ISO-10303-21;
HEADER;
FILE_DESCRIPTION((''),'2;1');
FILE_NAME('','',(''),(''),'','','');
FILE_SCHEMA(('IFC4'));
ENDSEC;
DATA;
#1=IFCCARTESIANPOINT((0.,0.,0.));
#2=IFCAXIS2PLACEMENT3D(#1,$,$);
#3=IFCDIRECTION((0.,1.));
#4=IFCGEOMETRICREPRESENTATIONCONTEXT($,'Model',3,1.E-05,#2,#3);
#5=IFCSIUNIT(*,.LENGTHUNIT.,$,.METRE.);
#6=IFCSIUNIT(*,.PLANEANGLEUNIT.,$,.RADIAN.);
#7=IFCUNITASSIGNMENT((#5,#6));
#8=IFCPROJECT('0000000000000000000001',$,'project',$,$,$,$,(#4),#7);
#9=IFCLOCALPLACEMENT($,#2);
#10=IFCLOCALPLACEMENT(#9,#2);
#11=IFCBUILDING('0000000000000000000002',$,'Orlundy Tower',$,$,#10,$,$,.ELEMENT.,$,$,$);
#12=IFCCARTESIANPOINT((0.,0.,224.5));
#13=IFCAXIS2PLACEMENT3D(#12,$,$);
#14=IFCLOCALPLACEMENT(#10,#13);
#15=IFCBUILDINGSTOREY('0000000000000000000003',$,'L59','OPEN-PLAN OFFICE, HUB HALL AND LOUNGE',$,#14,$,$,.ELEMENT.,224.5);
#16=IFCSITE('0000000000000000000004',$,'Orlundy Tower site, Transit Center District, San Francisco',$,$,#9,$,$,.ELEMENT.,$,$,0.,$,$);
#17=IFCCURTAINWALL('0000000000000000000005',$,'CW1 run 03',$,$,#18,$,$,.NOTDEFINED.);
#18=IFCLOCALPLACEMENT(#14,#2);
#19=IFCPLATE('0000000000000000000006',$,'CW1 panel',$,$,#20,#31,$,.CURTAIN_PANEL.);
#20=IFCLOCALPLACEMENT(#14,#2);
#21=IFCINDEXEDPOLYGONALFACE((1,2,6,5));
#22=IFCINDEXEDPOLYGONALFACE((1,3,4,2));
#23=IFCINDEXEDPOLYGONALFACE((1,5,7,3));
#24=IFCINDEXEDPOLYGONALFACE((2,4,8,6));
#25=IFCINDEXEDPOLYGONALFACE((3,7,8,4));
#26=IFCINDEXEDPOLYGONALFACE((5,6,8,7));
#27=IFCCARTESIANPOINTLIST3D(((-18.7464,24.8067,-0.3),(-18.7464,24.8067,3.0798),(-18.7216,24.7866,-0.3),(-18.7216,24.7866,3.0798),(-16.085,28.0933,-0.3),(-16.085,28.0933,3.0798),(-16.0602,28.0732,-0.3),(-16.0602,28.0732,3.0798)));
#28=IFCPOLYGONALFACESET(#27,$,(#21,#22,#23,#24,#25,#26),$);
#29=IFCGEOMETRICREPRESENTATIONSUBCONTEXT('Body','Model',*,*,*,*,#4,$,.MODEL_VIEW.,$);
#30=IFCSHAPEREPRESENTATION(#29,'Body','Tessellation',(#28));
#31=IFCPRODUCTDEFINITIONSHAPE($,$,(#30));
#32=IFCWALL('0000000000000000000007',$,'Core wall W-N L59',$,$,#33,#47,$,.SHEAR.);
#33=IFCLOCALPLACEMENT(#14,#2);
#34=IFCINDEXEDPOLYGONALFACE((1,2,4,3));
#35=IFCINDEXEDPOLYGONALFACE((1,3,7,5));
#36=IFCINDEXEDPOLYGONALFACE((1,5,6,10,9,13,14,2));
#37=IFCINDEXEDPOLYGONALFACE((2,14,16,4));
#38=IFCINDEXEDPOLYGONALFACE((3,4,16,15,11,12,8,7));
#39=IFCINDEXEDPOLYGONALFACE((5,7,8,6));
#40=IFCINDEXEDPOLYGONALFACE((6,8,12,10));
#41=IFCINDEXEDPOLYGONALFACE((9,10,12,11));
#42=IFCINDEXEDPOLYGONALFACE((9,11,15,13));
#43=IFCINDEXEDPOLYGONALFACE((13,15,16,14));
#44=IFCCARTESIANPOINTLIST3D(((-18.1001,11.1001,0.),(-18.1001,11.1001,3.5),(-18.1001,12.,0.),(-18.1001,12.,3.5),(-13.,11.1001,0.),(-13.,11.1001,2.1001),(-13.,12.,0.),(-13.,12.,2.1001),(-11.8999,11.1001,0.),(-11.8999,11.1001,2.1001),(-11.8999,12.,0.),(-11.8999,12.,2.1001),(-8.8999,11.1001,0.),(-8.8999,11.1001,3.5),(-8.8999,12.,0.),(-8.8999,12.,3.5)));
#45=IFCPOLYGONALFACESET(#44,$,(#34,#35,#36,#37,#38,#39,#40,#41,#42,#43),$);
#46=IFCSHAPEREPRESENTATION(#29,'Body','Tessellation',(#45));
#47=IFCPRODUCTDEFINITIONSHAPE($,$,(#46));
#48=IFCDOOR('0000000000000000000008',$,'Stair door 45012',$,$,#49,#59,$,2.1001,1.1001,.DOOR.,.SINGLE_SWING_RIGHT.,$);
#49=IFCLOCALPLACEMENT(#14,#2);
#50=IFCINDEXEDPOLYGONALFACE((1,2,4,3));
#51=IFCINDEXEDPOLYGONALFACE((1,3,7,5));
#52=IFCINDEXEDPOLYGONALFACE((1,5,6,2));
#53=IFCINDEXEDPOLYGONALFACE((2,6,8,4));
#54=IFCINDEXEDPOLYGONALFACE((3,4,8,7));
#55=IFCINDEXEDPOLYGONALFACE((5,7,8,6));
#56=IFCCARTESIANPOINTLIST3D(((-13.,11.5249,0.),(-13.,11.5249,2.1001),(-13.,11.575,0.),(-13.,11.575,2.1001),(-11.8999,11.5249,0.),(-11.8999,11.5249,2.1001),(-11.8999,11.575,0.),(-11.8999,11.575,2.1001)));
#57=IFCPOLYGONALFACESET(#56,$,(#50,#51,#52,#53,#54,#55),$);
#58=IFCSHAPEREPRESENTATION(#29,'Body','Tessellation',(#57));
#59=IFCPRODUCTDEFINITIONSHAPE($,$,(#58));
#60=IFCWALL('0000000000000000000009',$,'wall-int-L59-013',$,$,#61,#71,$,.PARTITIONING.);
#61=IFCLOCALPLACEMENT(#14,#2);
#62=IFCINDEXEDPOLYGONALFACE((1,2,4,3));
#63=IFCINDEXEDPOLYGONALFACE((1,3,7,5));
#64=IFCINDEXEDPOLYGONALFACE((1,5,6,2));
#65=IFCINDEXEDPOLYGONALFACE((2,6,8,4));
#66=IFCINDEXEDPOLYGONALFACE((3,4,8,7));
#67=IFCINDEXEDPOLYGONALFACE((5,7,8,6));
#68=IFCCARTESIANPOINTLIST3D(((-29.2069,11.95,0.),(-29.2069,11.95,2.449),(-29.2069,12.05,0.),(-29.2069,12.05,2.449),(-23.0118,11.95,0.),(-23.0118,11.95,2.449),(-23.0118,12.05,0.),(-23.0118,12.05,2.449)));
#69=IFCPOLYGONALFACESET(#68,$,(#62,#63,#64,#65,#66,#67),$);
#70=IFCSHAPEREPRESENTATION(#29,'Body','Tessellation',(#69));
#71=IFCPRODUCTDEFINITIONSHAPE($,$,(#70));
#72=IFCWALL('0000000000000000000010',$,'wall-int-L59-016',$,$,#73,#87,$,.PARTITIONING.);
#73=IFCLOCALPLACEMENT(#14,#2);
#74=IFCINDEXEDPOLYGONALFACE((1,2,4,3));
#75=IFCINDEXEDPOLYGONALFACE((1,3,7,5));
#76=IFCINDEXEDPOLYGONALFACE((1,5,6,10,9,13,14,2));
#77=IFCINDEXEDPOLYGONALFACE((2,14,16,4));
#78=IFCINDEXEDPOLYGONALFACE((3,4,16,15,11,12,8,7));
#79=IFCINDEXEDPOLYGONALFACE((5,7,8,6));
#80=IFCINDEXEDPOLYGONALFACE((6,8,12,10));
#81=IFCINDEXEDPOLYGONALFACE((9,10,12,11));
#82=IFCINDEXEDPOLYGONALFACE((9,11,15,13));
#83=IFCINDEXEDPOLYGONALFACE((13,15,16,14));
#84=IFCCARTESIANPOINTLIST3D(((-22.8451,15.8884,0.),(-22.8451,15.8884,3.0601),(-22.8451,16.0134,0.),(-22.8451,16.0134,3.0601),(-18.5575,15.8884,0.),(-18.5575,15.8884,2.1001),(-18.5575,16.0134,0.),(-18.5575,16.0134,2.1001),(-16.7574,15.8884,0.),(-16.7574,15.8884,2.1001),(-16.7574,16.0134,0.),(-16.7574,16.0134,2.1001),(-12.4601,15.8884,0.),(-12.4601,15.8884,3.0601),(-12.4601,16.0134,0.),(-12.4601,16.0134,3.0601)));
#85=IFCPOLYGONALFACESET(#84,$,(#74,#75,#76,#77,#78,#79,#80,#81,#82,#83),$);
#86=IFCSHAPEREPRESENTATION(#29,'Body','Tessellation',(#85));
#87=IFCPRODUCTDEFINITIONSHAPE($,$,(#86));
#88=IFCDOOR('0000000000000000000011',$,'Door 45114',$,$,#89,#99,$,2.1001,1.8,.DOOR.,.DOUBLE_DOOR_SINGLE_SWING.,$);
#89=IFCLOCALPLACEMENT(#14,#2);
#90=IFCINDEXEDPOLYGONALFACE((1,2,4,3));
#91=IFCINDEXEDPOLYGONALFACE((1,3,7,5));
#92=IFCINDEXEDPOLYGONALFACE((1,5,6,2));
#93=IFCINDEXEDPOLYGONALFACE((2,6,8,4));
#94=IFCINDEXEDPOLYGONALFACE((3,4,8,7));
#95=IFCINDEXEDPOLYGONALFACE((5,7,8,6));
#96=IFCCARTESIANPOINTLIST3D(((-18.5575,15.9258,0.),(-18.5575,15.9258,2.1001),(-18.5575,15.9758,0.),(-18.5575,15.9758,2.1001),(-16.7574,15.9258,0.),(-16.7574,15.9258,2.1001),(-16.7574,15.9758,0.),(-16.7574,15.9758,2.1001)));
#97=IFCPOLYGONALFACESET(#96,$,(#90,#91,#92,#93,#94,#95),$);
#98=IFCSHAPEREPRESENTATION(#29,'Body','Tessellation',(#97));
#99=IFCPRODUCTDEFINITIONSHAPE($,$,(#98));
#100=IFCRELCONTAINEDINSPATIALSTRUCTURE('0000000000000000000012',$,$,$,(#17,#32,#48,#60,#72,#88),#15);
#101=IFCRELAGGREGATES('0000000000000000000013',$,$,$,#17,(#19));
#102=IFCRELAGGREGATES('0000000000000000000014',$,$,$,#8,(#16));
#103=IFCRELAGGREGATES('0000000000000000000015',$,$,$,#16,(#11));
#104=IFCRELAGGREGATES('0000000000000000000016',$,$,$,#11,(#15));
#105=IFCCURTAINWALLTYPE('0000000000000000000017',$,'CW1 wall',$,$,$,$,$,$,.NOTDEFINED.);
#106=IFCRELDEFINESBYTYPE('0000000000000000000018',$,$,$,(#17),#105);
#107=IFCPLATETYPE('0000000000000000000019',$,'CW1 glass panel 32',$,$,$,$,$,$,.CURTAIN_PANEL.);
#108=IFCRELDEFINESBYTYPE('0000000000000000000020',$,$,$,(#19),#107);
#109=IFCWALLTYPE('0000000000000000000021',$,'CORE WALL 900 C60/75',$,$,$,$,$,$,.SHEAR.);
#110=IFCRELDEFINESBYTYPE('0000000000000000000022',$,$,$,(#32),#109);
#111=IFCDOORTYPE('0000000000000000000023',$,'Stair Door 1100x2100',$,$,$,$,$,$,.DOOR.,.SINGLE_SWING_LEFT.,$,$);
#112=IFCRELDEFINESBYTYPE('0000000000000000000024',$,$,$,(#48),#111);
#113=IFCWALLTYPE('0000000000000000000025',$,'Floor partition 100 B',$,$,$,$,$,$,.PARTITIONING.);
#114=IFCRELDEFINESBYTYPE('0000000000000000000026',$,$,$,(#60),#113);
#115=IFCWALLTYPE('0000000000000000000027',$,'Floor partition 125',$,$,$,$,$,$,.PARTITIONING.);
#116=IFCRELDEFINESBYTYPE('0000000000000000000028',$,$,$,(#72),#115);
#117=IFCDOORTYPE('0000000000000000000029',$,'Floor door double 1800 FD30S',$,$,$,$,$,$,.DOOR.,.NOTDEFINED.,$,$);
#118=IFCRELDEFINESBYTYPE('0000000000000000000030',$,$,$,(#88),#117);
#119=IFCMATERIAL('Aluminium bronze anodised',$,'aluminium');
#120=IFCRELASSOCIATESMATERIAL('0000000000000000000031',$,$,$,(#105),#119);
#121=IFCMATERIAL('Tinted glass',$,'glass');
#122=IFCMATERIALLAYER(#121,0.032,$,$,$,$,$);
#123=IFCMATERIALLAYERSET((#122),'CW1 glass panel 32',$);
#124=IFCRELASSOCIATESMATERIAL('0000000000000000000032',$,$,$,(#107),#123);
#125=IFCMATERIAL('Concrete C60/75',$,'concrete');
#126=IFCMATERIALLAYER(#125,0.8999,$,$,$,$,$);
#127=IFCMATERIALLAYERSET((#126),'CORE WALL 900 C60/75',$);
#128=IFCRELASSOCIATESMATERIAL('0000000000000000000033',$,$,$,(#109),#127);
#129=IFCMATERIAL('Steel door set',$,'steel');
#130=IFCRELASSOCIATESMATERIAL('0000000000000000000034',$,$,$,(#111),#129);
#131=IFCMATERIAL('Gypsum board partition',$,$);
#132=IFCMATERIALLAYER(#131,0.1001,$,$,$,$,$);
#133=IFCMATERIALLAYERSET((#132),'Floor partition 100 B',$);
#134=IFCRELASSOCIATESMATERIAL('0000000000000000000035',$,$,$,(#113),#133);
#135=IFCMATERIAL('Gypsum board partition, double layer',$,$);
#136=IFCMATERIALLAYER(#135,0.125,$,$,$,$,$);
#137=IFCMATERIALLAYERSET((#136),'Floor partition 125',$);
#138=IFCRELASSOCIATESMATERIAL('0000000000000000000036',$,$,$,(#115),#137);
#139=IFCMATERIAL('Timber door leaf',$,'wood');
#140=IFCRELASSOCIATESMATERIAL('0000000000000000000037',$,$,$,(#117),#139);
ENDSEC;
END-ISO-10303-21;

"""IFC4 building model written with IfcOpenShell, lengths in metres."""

from ifc_helpers import new_model, si_unit, direction, frame, frame_2d, origin, origin_2d, place, context, subcontext, project, spatial, rectangle, extrude, material, layer, layer_set, type_object, element, fill, aggregate, save


model = new_model("IFC4")

# Units and contexts
model_context = context("Model", 3, precision=1e-05, world=origin(), true_north=direction((0.0, 1.0)))
body_context = subcontext(model_context, "Body", "Model", "MODEL_VIEW")
ifc_project = project(units=[si_unit("LENGTHUNIT", "METRE"), si_unit("PLANEANGLEUNIT", "RADIAN")], contexts=[model_context])

# Site, building, storey
site_placement = place(None, origin())
site = spatial("IfcSite", under=ifc_project, at=site_placement, Name="Orlundy Tower site, Transit Center District, San Francisco", CompositionType="ELEMENT", RefElevation=0.0)
building_placement = place(site_placement, origin())
building = spatial("IfcBuilding", under=site, at=building_placement, Name="Orlundy Tower", CompositionType="ELEMENT")
storey_placement = place(building_placement, frame((0.0, 0.0, 224.5)))
storey = spatial("IfcBuildingStorey", under=building, at=storey_placement, Name="L59", Description="OPEN-PLAN OFFICE, HUB HALL AND LOUNGE", CompositionType="ELEMENT", Elevation=224.5)

# Shared definitions
ifc_material_1 = material(Name="Aluminium bronze anodised", Category="aluminium")
curtain_wall_type = type_object("IfcCurtainWallType", Name="CW1 wall", PredefinedType="NOTDEFINED", material=ifc_material_1)

# Curtain wall
curtain_wall_1_placement = place(storey_placement, origin())
curtain_wall_1 = element("IfcCurtainWall", 1, at=curtain_wall_1_placement, inside=storey, type_object=curtain_wall_type, Name="CW1 run 03", PredefinedType="NOTDEFINED")

# Plate
ifc_material_2 = material(Name="Tinted glass", Category="glass")
ifc_layer_1 = layer(ifc_material_2, 0.032)
ifc_layer_set_1 = layer_set([ifc_layer_1], Name="CW1 glass panel 32")
plate_type = type_object("IfcPlateType", Name="CW1 glass panel 32", PredefinedType="CURTAIN_PANEL", material=ifc_layer_set_1)
plate_1_placement = place(storey_placement, frame((-17.4033, 26.4399, -0.3), z_axis=(0.0, 0.0, 1.0), x_axis=(0.629321, 0.777146, 0.0)))
plate_1 = element("IfcPlate", 2, at=plate_1_placement, type_object=plate_type, Name="CW1 panel", PredefinedType="CURTAIN_PANEL", context=body_context, shape_type="SweptSolid", body=[
    extrude(rectangle(XDim=4.229, YDim=0.032, at=origin_2d()), origin(), (0.0, 0.0, 1.0), 3.3799),
])
aggregate(curtain_wall_1, [plate_1])

# Wall, opening, door
ifc_material_3 = material(Name="Concrete C60/75", Category="concrete")
ifc_layer_2 = layer(ifc_material_3, 0.8999)
ifc_layer_set_2 = layer_set([ifc_layer_2], Name="CORE WALL 900 C60/75")
wall_type_1 = type_object("IfcWallType", Name="CORE WALL 900 C60/75", PredefinedType="SHEAR", material=ifc_layer_set_2)
wall_1_placement = place(storey_placement, frame((-18.1001, 11.55, 0.0), z_axis=(0.0, 0.0, 1.0), x_axis=(1.0, 0.0, 0.0)))
wall_1 = element("IfcWall", 3, at=wall_1_placement, inside=storey, type_object=wall_type_1, Name="Core wall W-N L59", PredefinedType="SHEAR", context=body_context, shape_type="SweptSolid", body=[
    extrude(rectangle(XDim=9.2002, YDim=0.8999, at=frame_2d((4.6001, 0.0))), origin(), (0.0, 0.0, 1.0), 3.5),
])
opening_1_placement = place(wall_1_placement, frame((5.1001, 0.0, 0.0)))
opening_1 = element("IfcOpeningElement", 4, at=opening_1_placement, cuts=wall_1, PredefinedType="OPENING", context=body_context, shape_type="SweptSolid", body=[
    extrude(rectangle(XDim=1.1001, YDim=2.1001, at=frame_2d((0.55, 1.05))), frame((0.0, 0.46, 0.0), z_axis=(0.0, -1.0, 0.0), x_axis=(1.0, 0.0, 0.0)), (0.0, 0.0, 1.0), 0.9199),
])
ifc_material_4 = material(Name="Steel door set", Category="steel")
door_type_1 = type_object("IfcDoorType", Name="Stair Door 1100x2100", OperationType="SINGLE_SWING_LEFT", PredefinedType="DOOR", material=ifc_material_4)
door_1_placement = place(opening_1_placement, origin())
door_1 = element("IfcDoor", 5, at=door_1_placement, inside=storey, type_object=door_type_1, Name="Stair door 45012", OperationType="SINGLE_SWING_RIGHT", OverallHeight=2.1001, OverallWidth=1.1001, PredefinedType="DOOR", context=body_context, shape_type="SweptSolid", body=[
    extrude(rectangle(XDim=1.1001, YDim=2.1001, at=frame_2d((0.55, 1.05))), frame((0.0, 0.0249, 0.0), z_axis=(0.0, -1.0, 0.0), x_axis=(1.0, 0.0, 0.0)), (0.0, 0.0, 1.0), 0.05),
])
fill(opening_1, door_1)

# Wall
ifc_material_5 = material(Name="Gypsum board partition")
ifc_layer_3 = layer(ifc_material_5, 0.1001)
ifc_layer_set_3 = layer_set([ifc_layer_3], Name="Floor partition 100 B")
wall_type_2 = type_object("IfcWallType", Name="Floor partition 100 B", PredefinedType="PARTITIONING", material=ifc_layer_set_3)
wall_2_placement = place(storey_placement, frame((-29.207, 12.0, 0.0), z_axis=(0.0, 0.0, 1.0), x_axis=(1.0, 0.0, 0.0)))
element("IfcWall", 6, at=wall_2_placement, inside=storey, type_object=wall_type_2, Name="wall-int-L59-013", PredefinedType="PARTITIONING", context=body_context, shape_type="SweptSolid", body=[
    extrude(rectangle(XDim=6.1951, YDim=0.1001, at=frame_2d((3.0977, 0.0))), origin(), (0.0, 0.0, 1.0), 2.449),
])

# Wall, opening, door
ifc_material_6 = material(Name="Gypsum board partition, double layer")
ifc_layer_4 = layer(ifc_material_6, 0.125)
ifc_layer_set_4 = layer_set([ifc_layer_4], Name="Floor partition 125")
wall_type_3 = type_object("IfcWallType", Name="Floor partition 125", PredefinedType="PARTITIONING", material=ifc_layer_set_4)
wall_3_placement = place(storey_placement, frame((-22.845, 15.9509, 0.0), z_axis=(0.0, 0.0, 1.0), x_axis=(1.0, 0.0, 0.0)))
wall_3 = element("IfcWall", 7, at=wall_3_placement, inside=storey, type_object=wall_type_3, Name="wall-int-L59-016", PredefinedType="PARTITIONING", context=body_context, shape_type="SweptSolid", body=[
    extrude(rectangle(XDim=10.385, YDim=0.125, at=frame_2d((5.1924, 0.0))), origin(), (0.0, 0.0, 1.0), 3.0601),
])
opening_2_placement = place(wall_3_placement, frame((4.2876, 0.0, 0.0)))
opening_2 = element("IfcOpeningElement", 8, at=opening_2_placement, cuts=wall_3, PredefinedType="OPENING", context=body_context, shape_type="SweptSolid", body=[
    extrude(rectangle(XDim=1.8, YDim=2.1001, at=frame_2d((0.8999, 1.05))), frame((0.0, 0.0725, 0.0), z_axis=(0.0, -1.0, 0.0), x_axis=(1.0, 0.0, 0.0)), (0.0, 0.0, 1.0), 0.145),
])
ifc_material_7 = material(Name="Timber door leaf", Category="wood")
door_type_2 = type_object("IfcDoorType", Name="Floor door double 1800 FD30S", OperationType="NOTDEFINED", PredefinedType="DOOR", material=ifc_material_7)
door_2_placement = place(opening_2_placement, origin())
door_2 = element("IfcDoor", 9, at=door_2_placement, inside=storey, type_object=door_type_2, Name="Door 45114", OperationType="DOUBLE_DOOR_SINGLE_SWING", OverallHeight=2.1001, OverallWidth=1.8, PredefinedType="DOOR", context=body_context, shape_type="SweptSolid", body=[
    extrude(rectangle(XDim=1.8, YDim=2.1001, at=frame_2d((0.8999, 1.05))), frame((0.0, 0.0249, 0.0), z_axis=(0.0, -1.0, 0.0), x_axis=(1.0, 0.0, 0.0)), (0.0, 0.0, 1.0), 0.05),
])
fill(opening_2, door_2)

save(model, "model.ifc")
